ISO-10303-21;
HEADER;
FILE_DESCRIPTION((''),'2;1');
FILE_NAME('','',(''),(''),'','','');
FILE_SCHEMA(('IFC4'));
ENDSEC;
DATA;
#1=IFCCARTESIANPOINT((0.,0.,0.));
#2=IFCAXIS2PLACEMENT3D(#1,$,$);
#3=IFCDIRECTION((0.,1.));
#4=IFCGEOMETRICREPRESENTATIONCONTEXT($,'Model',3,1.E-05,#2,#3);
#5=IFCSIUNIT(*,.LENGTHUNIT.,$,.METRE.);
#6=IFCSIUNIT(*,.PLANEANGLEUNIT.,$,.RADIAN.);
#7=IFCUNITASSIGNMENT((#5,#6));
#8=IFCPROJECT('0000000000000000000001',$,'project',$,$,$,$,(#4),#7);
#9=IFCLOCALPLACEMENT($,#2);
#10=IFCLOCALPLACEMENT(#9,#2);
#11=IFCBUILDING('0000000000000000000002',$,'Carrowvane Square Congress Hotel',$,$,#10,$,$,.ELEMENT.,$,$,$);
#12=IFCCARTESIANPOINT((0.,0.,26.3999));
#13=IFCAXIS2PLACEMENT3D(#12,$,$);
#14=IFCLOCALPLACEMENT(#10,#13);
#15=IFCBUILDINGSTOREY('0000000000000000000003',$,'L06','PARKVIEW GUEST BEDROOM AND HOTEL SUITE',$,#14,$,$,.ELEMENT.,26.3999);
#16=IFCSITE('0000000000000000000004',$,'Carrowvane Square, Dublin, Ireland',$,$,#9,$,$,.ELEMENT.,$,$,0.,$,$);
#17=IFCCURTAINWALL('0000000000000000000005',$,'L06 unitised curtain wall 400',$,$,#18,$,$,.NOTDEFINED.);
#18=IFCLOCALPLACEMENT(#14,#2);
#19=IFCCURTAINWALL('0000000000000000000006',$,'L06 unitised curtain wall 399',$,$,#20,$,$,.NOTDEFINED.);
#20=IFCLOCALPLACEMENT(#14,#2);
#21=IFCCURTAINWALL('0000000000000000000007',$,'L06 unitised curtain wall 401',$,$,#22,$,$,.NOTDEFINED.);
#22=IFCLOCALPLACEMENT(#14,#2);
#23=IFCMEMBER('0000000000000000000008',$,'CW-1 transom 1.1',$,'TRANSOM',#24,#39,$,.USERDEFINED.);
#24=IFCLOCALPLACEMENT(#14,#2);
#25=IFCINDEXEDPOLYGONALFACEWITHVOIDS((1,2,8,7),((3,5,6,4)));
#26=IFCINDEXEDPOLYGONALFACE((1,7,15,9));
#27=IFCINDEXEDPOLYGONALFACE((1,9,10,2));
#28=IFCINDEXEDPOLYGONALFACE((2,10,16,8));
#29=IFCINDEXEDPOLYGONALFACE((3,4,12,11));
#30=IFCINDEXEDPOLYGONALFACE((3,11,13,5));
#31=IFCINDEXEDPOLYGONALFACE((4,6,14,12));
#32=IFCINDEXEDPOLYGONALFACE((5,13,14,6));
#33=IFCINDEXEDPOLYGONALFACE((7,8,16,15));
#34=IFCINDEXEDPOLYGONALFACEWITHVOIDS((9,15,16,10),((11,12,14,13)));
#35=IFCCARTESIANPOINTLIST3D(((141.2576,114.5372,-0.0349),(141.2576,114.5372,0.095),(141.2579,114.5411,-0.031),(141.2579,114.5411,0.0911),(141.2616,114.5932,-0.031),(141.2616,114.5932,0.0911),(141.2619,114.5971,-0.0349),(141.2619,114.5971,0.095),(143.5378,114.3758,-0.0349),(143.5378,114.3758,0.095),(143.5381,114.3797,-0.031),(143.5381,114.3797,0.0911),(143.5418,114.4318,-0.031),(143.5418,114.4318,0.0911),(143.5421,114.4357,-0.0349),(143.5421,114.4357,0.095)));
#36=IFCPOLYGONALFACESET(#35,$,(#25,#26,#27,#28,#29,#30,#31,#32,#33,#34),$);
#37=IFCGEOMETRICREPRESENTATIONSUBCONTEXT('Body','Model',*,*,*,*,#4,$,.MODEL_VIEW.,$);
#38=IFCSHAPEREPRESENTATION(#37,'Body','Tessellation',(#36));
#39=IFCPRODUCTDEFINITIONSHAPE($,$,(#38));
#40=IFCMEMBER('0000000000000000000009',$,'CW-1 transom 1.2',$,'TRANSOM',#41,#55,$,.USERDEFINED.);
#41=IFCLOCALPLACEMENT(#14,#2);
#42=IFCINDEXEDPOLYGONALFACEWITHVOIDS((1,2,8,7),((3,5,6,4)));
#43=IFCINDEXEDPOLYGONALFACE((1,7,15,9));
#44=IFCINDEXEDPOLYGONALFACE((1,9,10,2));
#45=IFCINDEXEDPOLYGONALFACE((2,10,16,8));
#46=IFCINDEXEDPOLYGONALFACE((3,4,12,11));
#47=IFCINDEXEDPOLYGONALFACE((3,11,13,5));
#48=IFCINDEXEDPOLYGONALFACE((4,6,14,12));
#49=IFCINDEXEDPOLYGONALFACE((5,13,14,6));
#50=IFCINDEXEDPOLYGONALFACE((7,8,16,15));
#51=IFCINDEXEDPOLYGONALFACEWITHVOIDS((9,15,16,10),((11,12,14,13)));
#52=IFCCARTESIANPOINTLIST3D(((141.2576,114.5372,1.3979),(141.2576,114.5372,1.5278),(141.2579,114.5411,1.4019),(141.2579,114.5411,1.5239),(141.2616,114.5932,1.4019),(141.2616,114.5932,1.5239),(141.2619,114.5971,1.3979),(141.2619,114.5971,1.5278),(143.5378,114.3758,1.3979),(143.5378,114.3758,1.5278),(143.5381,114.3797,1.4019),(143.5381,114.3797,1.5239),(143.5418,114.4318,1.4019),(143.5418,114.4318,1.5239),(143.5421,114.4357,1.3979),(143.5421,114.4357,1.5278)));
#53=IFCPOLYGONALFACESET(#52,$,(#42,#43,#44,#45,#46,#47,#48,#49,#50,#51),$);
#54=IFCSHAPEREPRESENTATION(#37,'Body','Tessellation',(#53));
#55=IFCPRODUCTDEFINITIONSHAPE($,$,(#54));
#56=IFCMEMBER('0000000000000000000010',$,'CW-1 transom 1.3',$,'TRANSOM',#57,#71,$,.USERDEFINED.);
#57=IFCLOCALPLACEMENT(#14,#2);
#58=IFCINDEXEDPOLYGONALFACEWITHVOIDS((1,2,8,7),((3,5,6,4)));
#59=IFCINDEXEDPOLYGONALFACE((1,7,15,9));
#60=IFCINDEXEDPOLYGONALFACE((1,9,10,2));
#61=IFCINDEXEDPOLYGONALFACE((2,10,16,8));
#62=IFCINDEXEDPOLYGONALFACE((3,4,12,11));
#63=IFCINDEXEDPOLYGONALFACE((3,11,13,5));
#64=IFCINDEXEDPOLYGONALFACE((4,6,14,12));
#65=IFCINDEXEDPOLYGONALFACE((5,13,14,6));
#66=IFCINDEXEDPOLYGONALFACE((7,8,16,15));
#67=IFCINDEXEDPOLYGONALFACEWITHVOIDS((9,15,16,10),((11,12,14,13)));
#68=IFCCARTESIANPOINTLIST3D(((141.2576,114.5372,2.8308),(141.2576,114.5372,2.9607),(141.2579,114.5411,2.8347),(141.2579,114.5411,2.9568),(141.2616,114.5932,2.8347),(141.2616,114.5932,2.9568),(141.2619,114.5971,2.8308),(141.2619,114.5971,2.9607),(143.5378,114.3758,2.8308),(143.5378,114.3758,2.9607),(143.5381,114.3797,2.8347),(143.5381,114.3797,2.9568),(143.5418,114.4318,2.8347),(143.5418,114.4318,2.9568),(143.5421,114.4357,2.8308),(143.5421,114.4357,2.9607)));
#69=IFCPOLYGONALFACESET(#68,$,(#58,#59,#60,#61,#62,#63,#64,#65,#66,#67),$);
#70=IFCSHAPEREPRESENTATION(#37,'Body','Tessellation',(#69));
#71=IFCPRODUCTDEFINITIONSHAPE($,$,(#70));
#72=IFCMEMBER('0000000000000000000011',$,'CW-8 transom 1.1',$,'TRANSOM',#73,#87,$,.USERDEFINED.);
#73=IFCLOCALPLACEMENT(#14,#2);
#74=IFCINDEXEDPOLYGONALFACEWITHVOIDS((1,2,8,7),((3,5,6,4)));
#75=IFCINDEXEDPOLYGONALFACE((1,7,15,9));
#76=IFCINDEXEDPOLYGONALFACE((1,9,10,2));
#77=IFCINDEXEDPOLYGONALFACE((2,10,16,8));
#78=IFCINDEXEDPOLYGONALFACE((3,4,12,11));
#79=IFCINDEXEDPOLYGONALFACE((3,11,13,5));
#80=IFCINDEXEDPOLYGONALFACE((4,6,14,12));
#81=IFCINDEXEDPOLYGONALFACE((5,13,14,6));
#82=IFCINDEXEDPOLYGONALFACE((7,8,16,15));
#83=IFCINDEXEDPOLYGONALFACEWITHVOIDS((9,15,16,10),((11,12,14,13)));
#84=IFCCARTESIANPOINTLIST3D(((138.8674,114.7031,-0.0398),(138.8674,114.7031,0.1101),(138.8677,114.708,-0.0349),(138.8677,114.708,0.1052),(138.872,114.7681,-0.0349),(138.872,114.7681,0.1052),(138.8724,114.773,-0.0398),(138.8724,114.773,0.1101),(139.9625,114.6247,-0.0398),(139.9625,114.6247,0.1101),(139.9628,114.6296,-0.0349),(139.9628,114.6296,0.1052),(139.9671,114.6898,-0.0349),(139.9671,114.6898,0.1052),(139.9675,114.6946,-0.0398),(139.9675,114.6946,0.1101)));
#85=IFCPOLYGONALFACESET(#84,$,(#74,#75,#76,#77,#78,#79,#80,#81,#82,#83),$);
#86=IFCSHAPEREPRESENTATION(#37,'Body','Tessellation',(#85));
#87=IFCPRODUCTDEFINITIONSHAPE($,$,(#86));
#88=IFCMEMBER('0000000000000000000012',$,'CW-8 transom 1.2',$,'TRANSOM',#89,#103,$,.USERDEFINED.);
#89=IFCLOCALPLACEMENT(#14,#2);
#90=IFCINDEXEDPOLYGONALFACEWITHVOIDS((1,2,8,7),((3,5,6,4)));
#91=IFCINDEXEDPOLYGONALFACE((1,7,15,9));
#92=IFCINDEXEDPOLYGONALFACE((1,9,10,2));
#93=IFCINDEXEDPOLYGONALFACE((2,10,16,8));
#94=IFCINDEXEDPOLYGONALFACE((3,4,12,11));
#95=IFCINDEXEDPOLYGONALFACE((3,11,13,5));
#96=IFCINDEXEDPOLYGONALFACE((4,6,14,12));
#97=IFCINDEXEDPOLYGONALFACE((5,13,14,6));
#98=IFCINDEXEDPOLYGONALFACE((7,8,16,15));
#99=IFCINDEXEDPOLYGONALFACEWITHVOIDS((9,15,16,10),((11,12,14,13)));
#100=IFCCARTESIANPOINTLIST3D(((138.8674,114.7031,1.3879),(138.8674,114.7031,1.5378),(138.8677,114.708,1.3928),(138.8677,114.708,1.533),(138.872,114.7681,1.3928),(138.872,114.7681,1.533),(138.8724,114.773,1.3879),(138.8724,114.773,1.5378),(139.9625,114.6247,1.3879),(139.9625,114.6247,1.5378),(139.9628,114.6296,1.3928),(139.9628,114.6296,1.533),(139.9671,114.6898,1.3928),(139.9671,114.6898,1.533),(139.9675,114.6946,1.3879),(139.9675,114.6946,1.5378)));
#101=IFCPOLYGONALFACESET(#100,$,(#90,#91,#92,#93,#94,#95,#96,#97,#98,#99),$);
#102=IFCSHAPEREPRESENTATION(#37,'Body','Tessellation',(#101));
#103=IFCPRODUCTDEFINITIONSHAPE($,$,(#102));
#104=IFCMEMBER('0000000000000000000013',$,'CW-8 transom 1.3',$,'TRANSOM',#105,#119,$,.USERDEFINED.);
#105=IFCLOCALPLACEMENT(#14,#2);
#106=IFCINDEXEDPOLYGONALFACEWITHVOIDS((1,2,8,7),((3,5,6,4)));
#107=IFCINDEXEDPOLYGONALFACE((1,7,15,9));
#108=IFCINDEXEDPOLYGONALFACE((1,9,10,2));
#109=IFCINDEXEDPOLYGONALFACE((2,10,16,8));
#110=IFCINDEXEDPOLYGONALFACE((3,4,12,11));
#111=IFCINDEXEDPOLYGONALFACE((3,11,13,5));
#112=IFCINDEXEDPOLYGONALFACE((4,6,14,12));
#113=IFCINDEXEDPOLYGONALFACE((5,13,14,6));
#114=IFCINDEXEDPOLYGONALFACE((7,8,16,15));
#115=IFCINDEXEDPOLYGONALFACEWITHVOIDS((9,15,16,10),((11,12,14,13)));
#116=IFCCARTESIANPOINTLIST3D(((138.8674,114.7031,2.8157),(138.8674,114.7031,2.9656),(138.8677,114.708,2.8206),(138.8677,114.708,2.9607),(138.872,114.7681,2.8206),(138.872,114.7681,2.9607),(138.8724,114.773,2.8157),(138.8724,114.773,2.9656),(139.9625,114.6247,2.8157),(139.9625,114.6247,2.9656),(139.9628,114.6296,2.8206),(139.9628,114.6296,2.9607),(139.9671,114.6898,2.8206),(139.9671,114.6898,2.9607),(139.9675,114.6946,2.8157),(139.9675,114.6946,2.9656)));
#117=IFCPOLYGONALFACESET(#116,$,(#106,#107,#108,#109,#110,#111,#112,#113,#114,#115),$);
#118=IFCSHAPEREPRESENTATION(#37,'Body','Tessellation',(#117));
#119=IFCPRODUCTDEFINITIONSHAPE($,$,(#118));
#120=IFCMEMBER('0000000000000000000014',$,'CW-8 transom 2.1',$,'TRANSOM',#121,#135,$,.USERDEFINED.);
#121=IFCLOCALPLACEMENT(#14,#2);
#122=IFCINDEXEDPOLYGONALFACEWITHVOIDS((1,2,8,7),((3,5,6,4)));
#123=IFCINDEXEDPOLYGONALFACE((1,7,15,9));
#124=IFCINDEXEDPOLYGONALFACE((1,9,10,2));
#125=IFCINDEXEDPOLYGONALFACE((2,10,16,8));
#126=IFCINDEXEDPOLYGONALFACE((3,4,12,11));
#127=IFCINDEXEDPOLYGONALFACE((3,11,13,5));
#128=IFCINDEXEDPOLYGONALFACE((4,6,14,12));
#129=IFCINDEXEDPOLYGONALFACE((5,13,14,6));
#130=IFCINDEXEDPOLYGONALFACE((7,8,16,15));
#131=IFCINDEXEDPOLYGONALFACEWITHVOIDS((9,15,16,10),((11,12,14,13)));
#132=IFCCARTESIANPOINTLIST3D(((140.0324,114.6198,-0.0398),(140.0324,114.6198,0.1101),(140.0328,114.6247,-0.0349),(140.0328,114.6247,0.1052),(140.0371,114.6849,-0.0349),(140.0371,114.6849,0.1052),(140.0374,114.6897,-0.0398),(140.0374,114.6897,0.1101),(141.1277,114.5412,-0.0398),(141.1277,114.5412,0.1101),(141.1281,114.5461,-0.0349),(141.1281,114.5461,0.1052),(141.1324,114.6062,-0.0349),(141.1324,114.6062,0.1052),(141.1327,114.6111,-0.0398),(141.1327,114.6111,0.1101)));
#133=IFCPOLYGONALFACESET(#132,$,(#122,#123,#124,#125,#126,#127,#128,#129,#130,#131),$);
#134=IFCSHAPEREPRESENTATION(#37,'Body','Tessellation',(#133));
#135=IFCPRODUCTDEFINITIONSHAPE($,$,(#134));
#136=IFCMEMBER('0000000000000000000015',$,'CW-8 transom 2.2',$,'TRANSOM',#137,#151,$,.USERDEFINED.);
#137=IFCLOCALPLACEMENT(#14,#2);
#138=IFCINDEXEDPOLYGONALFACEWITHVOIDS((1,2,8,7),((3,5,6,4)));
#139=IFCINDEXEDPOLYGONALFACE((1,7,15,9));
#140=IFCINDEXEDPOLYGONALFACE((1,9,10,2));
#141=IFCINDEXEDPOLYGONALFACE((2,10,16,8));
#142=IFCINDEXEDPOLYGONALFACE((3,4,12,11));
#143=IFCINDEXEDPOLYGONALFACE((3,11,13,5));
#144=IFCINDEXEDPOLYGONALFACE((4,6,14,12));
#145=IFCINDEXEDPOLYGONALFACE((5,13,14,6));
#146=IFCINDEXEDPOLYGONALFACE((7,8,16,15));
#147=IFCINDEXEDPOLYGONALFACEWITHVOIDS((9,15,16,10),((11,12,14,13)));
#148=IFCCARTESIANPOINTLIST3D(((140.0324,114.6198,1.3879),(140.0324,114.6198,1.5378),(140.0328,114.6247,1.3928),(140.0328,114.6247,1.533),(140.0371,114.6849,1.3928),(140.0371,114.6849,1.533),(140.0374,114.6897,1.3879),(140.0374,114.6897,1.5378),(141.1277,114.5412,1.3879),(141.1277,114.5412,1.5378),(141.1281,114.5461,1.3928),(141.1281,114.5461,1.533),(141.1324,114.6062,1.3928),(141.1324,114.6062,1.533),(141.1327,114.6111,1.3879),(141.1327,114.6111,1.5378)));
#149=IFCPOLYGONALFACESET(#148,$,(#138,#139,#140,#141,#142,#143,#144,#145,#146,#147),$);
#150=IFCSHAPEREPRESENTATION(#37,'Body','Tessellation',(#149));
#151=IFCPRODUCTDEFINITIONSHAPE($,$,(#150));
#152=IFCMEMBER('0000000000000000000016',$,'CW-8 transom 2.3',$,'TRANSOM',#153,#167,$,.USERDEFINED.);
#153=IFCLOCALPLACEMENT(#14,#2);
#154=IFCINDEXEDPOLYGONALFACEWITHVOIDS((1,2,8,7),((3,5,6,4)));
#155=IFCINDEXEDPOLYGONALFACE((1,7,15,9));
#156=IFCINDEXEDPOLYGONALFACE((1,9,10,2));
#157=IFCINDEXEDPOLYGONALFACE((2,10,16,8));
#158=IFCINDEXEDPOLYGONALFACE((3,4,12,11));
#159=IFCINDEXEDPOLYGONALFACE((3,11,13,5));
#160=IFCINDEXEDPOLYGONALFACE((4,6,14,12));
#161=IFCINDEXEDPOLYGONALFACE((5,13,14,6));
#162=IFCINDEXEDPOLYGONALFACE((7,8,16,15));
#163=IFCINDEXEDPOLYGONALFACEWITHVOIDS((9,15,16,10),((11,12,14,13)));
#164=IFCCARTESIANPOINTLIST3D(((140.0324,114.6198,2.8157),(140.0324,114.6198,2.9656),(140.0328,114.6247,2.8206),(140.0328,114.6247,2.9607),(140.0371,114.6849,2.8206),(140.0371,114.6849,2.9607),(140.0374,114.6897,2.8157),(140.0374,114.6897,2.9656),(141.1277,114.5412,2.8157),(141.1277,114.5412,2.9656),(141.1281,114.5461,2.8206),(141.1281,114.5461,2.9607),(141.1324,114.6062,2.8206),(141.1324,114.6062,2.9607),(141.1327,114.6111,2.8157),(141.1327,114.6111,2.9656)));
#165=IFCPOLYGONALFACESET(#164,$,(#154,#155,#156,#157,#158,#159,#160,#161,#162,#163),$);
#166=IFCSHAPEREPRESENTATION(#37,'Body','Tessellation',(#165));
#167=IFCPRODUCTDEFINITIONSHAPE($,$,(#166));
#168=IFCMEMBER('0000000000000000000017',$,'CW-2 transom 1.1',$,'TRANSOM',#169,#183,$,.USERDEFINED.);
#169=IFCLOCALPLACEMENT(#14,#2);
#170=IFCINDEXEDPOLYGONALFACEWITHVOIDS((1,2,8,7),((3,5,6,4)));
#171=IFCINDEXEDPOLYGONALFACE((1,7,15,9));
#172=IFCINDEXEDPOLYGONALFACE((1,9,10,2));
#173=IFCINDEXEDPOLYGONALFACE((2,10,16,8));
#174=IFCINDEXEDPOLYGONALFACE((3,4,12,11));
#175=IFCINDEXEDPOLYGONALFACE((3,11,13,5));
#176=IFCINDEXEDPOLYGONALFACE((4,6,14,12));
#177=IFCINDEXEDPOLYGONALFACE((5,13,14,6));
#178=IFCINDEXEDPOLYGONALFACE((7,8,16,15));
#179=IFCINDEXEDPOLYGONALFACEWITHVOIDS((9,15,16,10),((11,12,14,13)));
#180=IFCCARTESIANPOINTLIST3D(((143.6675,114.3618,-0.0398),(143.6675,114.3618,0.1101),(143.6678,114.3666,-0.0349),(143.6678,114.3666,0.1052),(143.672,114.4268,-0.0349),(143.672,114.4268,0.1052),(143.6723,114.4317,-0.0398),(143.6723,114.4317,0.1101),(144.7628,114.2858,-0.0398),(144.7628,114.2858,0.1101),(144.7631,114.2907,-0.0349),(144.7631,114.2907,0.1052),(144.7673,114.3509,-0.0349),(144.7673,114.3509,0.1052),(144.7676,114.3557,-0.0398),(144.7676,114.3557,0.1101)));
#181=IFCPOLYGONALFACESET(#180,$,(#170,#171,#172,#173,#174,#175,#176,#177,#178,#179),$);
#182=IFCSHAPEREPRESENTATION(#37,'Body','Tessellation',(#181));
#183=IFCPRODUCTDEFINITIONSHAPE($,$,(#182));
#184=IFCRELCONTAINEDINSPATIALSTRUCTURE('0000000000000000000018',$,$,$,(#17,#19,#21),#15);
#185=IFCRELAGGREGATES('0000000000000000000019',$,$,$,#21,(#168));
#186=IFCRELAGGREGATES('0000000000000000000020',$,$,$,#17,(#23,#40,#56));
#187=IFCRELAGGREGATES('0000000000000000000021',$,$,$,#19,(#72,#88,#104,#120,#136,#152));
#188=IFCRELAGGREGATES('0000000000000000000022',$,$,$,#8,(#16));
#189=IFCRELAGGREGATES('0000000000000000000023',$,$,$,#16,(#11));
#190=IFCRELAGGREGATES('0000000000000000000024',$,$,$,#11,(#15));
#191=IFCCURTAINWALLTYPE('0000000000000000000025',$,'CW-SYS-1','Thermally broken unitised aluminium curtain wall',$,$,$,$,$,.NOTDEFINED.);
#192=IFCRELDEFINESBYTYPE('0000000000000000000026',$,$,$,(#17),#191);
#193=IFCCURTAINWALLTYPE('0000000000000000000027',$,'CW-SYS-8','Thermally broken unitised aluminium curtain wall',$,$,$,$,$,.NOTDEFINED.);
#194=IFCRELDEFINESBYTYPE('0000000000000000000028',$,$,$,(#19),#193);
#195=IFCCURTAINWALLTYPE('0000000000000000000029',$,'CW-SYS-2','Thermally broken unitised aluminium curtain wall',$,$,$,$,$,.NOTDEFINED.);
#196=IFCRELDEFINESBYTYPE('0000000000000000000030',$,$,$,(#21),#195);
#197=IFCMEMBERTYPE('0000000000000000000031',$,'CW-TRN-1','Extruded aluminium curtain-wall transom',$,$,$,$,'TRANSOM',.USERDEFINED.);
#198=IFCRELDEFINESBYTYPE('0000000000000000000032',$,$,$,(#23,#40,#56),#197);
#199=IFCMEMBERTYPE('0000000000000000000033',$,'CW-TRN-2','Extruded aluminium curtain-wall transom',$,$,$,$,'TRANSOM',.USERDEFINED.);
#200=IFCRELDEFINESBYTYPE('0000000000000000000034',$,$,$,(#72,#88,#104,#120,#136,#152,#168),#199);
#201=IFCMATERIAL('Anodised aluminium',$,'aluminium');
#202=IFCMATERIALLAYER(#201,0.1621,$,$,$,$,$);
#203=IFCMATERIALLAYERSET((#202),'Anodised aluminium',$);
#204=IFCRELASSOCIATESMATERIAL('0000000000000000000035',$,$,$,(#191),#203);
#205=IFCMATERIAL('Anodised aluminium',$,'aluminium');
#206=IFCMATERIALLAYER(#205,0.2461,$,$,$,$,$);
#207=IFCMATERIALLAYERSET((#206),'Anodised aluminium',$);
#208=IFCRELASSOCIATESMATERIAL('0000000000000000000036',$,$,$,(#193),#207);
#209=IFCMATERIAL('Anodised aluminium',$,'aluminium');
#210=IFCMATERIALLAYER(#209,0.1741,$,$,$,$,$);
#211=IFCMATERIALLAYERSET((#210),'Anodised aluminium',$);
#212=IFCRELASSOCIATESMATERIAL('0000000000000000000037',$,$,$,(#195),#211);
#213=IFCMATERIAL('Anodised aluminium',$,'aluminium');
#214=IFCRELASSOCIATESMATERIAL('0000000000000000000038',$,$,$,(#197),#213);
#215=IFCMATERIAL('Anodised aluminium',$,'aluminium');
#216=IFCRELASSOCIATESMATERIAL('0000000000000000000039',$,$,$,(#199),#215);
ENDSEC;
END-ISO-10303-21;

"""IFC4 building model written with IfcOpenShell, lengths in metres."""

from ifc_helpers import new_model, si_unit, direction, frame, origin, origin_2d, place, context, subcontext, project, spatial, hollow_rectangle, extrude, material, layer, layer_set, material_profile, profile_set, type_object, element, aggregate, save


model = new_model("IFC4")

# Units and contexts
model_context = context("Model", 3, precision=1e-05, world=origin(), true_north=direction((0.0, 1.0)))
body_context = subcontext(model_context, "Body", "Model", "MODEL_VIEW")
ifc_project = project(units=[si_unit("LENGTHUNIT", "METRE"), si_unit("PLANEANGLEUNIT", "RADIAN")], contexts=[model_context])

# Site, building, storey
site_placement = place(None, origin())
site = spatial("IfcSite", under=ifc_project, at=site_placement, Name="Carrowvane Square, Dublin, Ireland", CompositionType="ELEMENT", RefElevation=0.0)
building_placement = place(site_placement, origin())
building = spatial("IfcBuilding", under=site, at=building_placement, Name="Carrowvane Square Congress Hotel", CompositionType="ELEMENT")
storey_placement = place(building_placement, frame((0.0, 0.0, 26.3999)))
storey = spatial("IfcBuildingStorey", under=building, at=storey_placement, Name="L06", Description="PARKVIEW GUEST BEDROOM AND HOTEL SUITE", CompositionType="ELEMENT", Elevation=26.3999)

# Curtain walls
ifc_material_1 = material(Name="Anodised aluminium", Category="aluminium")
ifc_layer_1 = layer(ifc_material_1, 0.1621)
ifc_layer_set_1 = layer_set([ifc_layer_1], Name="Anodised aluminium")
curtain_wall_type_1 = type_object("IfcCurtainWallType", Name="CW-SYS-1", Description="Thermally broken unitised aluminium curtain wall", PredefinedType="NOTDEFINED", material=ifc_layer_set_1)
curtain_wall_1_placement = place(storey_placement, origin())
curtain_wall_1 = element("IfcCurtainWall", 1, at=curtain_wall_1_placement, inside=storey, type_object=curtain_wall_type_1, Name="L06 unitised curtain wall 400", PredefinedType="NOTDEFINED")
ifc_material_2 = material(Name="Anodised aluminium", Category="aluminium")
ifc_layer_2 = layer(ifc_material_2, 0.2461)
ifc_layer_set_2 = layer_set([ifc_layer_2], Name="Anodised aluminium")
curtain_wall_type_2 = type_object("IfcCurtainWallType", Name="CW-SYS-8", Description="Thermally broken unitised aluminium curtain wall", PredefinedType="NOTDEFINED", material=ifc_layer_set_2)
curtain_wall_2_placement = place(storey_placement, origin())
curtain_wall_2 = element("IfcCurtainWall", 2, at=curtain_wall_2_placement, inside=storey, type_object=curtain_wall_type_2, Name="L06 unitised curtain wall 399", PredefinedType="NOTDEFINED")

# Curtain wall
ifc_material_3 = material(Name="Anodised aluminium", Category="aluminium")
ifc_layer_3 = layer(ifc_material_3, 0.1741)
ifc_layer_set_3 = layer_set([ifc_layer_3], Name="Anodised aluminium")
curtain_wall_type_3 = type_object("IfcCurtainWallType", Name="CW-SYS-2", Description="Thermally broken unitised aluminium curtain wall", PredefinedType="NOTDEFINED", material=ifc_layer_set_3)
curtain_wall_3_placement = place(storey_placement, origin())
curtain_wall_3 = element("IfcCurtainWall", 3, at=curtain_wall_3_placement, inside=storey, type_object=curtain_wall_type_3, Name="L06 unitised curtain wall 401", PredefinedType="NOTDEFINED")

# Members
ifc_material_4 = material(Name="Anodised aluminium", Category="aluminium")
ifc_material_profile_1 = material_profile(ifc_material_4, hollow_rectangle(XDim=0.0601, YDim=0.1299, WallThickness=0.0039, at=origin_2d()), Name="CW-TR 60x130x4")
ifc_profile_set_1 = profile_set([ifc_material_profile_1], Name="Anodised aluminium")
member_type_1 = type_object("IfcMemberType", Name="CW-TRN-1", Description="Extruded aluminium curtain-wall transom", ElementType="TRANSOM", PredefinedType="USERDEFINED", material=ifc_profile_set_1)
member_1_placement = place(storey_placement, frame((141.2598, 114.5671, 0.03), z_axis=(0.997505, -0.070594, 0.0), x_axis=(0.070594, 0.997505, 0.0)))
member_1 = element("IfcMember", 4, at=member_1_placement, type_object=member_type_1, Name="CW-1 transom 1.1", ObjectType="TRANSOM", PredefinedType="USERDEFINED", context=body_context, shape_type="SweptSolid", body=[
    extrude(hollow_rectangle(XDim=0.0601, YDim=0.1299, WallThickness=0.0039, at=origin_2d()), origin(), (0.0, 0.0, 1.0), 2.2859),
])
member_2_placement = place(storey_placement, frame((141.2598, 114.5671, 1.4629), z_axis=(0.997505, -0.070594, 0.0), x_axis=(0.070594, 0.997505, 0.0)))
member_2 = element("IfcMember", 5, at=member_2_placement, type_object=member_type_1, Name="CW-1 transom 1.2", ObjectType="TRANSOM", PredefinedType="USERDEFINED", context=body_context, shape_type="SweptSolid", body=[
    extrude(hollow_rectangle(XDim=0.0601, YDim=0.1299, WallThickness=0.0039, at=origin_2d()), origin(), (0.0, 0.0, 1.0), 2.2859),
])
member_3_placement = place(storey_placement, frame((141.2598, 114.5671, 2.8958), z_axis=(0.997505, -0.070594, 0.0), x_axis=(0.070594, 0.997505, 0.0)))
member_3 = element("IfcMember", 6, at=member_3_placement, type_object=member_type_1, Name="CW-1 transom 1.3", ObjectType="TRANSOM", PredefinedType="USERDEFINED", context=body_context, shape_type="SweptSolid", body=[
    extrude(hollow_rectangle(XDim=0.0601, YDim=0.1299, WallThickness=0.0039, at=origin_2d()), origin(), (0.0, 0.0, 1.0), 2.2859),
])
ifc_material_5 = material(Name="Anodised aluminium", Category="aluminium")
ifc_material_profile_2 = material_profile(ifc_material_5, hollow_rectangle(XDim=0.0701, YDim=0.1499, WallThickness=0.0049, at=origin_2d()), Name="CW-TR 70x150x5")
ifc_profile_set_2 = profile_set([ifc_material_profile_2], Name="Anodised aluminium")
member_type_2 = type_object("IfcMemberType", Name="CW-TRN-2", Description="Extruded aluminium curtain-wall transom", ElementType="TRANSOM", PredefinedType="USERDEFINED", material=ifc_profile_set_2)
member_4_placement = place(storey_placement, frame((138.8699, 114.738, 0.0352), z_axis=(0.99745, -0.071373, 0.0), x_axis=(0.071373, 0.99745, 0.0)))
member_4 = element("IfcMember", 7, at=member_4_placement, type_object=member_type_2, Name="CW-8 transom 1.1", ObjectType="TRANSOM", PredefinedType="USERDEFINED", context=body_context, shape_type="SweptSolid", body=[
    extrude(hollow_rectangle(XDim=0.0701, YDim=0.1499, WallThickness=0.0049, at=origin_2d()), origin(), (0.0, 0.0, 1.0), 1.0979),
])
member_5_placement = place(storey_placement, frame((138.8699, 114.738, 1.4629), z_axis=(0.99745, -0.071373, 0.0), x_axis=(0.071373, 0.99745, 0.0)))
member_5 = element("IfcMember", 8, at=member_5_placement, type_object=member_type_2, Name="CW-8 transom 1.2", ObjectType="TRANSOM", PredefinedType="USERDEFINED", context=body_context, shape_type="SweptSolid", body=[
    extrude(hollow_rectangle(XDim=0.0701, YDim=0.1499, WallThickness=0.0049, at=origin_2d()), origin(), (0.0, 0.0, 1.0), 1.0979),
])
member_6_placement = place(storey_placement, frame((138.8699, 114.738, 2.8906), z_axis=(0.99745, -0.071373, 0.0), x_axis=(0.071373, 0.99745, 0.0)))
member_6 = element("IfcMember", 9, at=member_6_placement, type_object=member_type_2, Name="CW-8 transom 1.3", ObjectType="TRANSOM", PredefinedType="USERDEFINED", context=body_context, shape_type="SweptSolid", body=[
    extrude(hollow_rectangle(XDim=0.0701, YDim=0.1499, WallThickness=0.0049, at=origin_2d()), origin(), (0.0, 0.0, 1.0), 1.0979),
])
member_7_placement = place(storey_placement, frame((140.0349, 114.6548, 0.0352), z_axis=(0.997434, -0.071595, 0.0), x_axis=(0.071595, 0.997434, 0.0)))
member_7 = element("IfcMember", 10, at=member_7_placement, type_object=member_type_2, Name="CW-8 transom 2.1", ObjectType="TRANSOM", PredefinedType="USERDEFINED", context=body_context, shape_type="SweptSolid", body=[
    extrude(hollow_rectangle(XDim=0.0701, YDim=0.1499, WallThickness=0.0049, at=origin_2d()), origin(), (0.0, 0.0, 1.0), 1.0981),
])
member_8_placement = place(storey_placement, frame((140.0349, 114.6548, 1.4629), z_axis=(0.997434, -0.071595, 0.0), x_axis=(0.071595, 0.997434, 0.0)))
member_8 = element("IfcMember", 11, at=member_8_placement, type_object=member_type_2, Name="CW-8 transom 2.2", ObjectType="TRANSOM", PredefinedType="USERDEFINED", context=body_context, shape_type="SweptSolid", body=[
    extrude(hollow_rectangle(XDim=0.0701, YDim=0.1499, WallThickness=0.0049, at=origin_2d()), origin(), (0.0, 0.0, 1.0), 1.0981),
])
member_9_placement = place(storey_placement, frame((140.0349, 114.6548, 2.8906), z_axis=(0.997434, -0.071595, 0.0), x_axis=(0.071595, 0.997434, 0.0)))
member_9 = element("IfcMember", 12, at=member_9_placement, type_object=member_type_2, Name="CW-8 transom 2.3", ObjectType="TRANSOM", PredefinedType="USERDEFINED", context=body_context, shape_type="SweptSolid", body=[
    extrude(hollow_rectangle(XDim=0.0701, YDim=0.1499, WallThickness=0.0049, at=origin_2d()), origin(), (0.0, 0.0, 1.0), 1.0981),
])
member_10_placement = place(storey_placement, frame((143.6699, 114.3967, 0.0352), z_axis=(0.997606, -0.069161, 0.0), x_axis=(0.069161, 0.997606, 0.0)))
member_10 = element("IfcMember", 13, at=member_10_placement, type_object=member_type_2, Name="CW-2 transom 1.1", ObjectType="TRANSOM", PredefinedType="USERDEFINED", context=body_context, shape_type="SweptSolid", body=[
    extrude(hollow_rectangle(XDim=0.0701, YDim=0.1499, WallThickness=0.0049, at=origin_2d()), origin(), (0.0, 0.0, 1.0), 1.0979),
])
aggregate(curtain_wall_3, [member_10])

aggregate(curtain_wall_1, [member_1, member_2, member_3])
aggregate(curtain_wall_2, [member_4, member_5, member_6, member_7, member_8, member_9])

save(model, "model.ifc")
